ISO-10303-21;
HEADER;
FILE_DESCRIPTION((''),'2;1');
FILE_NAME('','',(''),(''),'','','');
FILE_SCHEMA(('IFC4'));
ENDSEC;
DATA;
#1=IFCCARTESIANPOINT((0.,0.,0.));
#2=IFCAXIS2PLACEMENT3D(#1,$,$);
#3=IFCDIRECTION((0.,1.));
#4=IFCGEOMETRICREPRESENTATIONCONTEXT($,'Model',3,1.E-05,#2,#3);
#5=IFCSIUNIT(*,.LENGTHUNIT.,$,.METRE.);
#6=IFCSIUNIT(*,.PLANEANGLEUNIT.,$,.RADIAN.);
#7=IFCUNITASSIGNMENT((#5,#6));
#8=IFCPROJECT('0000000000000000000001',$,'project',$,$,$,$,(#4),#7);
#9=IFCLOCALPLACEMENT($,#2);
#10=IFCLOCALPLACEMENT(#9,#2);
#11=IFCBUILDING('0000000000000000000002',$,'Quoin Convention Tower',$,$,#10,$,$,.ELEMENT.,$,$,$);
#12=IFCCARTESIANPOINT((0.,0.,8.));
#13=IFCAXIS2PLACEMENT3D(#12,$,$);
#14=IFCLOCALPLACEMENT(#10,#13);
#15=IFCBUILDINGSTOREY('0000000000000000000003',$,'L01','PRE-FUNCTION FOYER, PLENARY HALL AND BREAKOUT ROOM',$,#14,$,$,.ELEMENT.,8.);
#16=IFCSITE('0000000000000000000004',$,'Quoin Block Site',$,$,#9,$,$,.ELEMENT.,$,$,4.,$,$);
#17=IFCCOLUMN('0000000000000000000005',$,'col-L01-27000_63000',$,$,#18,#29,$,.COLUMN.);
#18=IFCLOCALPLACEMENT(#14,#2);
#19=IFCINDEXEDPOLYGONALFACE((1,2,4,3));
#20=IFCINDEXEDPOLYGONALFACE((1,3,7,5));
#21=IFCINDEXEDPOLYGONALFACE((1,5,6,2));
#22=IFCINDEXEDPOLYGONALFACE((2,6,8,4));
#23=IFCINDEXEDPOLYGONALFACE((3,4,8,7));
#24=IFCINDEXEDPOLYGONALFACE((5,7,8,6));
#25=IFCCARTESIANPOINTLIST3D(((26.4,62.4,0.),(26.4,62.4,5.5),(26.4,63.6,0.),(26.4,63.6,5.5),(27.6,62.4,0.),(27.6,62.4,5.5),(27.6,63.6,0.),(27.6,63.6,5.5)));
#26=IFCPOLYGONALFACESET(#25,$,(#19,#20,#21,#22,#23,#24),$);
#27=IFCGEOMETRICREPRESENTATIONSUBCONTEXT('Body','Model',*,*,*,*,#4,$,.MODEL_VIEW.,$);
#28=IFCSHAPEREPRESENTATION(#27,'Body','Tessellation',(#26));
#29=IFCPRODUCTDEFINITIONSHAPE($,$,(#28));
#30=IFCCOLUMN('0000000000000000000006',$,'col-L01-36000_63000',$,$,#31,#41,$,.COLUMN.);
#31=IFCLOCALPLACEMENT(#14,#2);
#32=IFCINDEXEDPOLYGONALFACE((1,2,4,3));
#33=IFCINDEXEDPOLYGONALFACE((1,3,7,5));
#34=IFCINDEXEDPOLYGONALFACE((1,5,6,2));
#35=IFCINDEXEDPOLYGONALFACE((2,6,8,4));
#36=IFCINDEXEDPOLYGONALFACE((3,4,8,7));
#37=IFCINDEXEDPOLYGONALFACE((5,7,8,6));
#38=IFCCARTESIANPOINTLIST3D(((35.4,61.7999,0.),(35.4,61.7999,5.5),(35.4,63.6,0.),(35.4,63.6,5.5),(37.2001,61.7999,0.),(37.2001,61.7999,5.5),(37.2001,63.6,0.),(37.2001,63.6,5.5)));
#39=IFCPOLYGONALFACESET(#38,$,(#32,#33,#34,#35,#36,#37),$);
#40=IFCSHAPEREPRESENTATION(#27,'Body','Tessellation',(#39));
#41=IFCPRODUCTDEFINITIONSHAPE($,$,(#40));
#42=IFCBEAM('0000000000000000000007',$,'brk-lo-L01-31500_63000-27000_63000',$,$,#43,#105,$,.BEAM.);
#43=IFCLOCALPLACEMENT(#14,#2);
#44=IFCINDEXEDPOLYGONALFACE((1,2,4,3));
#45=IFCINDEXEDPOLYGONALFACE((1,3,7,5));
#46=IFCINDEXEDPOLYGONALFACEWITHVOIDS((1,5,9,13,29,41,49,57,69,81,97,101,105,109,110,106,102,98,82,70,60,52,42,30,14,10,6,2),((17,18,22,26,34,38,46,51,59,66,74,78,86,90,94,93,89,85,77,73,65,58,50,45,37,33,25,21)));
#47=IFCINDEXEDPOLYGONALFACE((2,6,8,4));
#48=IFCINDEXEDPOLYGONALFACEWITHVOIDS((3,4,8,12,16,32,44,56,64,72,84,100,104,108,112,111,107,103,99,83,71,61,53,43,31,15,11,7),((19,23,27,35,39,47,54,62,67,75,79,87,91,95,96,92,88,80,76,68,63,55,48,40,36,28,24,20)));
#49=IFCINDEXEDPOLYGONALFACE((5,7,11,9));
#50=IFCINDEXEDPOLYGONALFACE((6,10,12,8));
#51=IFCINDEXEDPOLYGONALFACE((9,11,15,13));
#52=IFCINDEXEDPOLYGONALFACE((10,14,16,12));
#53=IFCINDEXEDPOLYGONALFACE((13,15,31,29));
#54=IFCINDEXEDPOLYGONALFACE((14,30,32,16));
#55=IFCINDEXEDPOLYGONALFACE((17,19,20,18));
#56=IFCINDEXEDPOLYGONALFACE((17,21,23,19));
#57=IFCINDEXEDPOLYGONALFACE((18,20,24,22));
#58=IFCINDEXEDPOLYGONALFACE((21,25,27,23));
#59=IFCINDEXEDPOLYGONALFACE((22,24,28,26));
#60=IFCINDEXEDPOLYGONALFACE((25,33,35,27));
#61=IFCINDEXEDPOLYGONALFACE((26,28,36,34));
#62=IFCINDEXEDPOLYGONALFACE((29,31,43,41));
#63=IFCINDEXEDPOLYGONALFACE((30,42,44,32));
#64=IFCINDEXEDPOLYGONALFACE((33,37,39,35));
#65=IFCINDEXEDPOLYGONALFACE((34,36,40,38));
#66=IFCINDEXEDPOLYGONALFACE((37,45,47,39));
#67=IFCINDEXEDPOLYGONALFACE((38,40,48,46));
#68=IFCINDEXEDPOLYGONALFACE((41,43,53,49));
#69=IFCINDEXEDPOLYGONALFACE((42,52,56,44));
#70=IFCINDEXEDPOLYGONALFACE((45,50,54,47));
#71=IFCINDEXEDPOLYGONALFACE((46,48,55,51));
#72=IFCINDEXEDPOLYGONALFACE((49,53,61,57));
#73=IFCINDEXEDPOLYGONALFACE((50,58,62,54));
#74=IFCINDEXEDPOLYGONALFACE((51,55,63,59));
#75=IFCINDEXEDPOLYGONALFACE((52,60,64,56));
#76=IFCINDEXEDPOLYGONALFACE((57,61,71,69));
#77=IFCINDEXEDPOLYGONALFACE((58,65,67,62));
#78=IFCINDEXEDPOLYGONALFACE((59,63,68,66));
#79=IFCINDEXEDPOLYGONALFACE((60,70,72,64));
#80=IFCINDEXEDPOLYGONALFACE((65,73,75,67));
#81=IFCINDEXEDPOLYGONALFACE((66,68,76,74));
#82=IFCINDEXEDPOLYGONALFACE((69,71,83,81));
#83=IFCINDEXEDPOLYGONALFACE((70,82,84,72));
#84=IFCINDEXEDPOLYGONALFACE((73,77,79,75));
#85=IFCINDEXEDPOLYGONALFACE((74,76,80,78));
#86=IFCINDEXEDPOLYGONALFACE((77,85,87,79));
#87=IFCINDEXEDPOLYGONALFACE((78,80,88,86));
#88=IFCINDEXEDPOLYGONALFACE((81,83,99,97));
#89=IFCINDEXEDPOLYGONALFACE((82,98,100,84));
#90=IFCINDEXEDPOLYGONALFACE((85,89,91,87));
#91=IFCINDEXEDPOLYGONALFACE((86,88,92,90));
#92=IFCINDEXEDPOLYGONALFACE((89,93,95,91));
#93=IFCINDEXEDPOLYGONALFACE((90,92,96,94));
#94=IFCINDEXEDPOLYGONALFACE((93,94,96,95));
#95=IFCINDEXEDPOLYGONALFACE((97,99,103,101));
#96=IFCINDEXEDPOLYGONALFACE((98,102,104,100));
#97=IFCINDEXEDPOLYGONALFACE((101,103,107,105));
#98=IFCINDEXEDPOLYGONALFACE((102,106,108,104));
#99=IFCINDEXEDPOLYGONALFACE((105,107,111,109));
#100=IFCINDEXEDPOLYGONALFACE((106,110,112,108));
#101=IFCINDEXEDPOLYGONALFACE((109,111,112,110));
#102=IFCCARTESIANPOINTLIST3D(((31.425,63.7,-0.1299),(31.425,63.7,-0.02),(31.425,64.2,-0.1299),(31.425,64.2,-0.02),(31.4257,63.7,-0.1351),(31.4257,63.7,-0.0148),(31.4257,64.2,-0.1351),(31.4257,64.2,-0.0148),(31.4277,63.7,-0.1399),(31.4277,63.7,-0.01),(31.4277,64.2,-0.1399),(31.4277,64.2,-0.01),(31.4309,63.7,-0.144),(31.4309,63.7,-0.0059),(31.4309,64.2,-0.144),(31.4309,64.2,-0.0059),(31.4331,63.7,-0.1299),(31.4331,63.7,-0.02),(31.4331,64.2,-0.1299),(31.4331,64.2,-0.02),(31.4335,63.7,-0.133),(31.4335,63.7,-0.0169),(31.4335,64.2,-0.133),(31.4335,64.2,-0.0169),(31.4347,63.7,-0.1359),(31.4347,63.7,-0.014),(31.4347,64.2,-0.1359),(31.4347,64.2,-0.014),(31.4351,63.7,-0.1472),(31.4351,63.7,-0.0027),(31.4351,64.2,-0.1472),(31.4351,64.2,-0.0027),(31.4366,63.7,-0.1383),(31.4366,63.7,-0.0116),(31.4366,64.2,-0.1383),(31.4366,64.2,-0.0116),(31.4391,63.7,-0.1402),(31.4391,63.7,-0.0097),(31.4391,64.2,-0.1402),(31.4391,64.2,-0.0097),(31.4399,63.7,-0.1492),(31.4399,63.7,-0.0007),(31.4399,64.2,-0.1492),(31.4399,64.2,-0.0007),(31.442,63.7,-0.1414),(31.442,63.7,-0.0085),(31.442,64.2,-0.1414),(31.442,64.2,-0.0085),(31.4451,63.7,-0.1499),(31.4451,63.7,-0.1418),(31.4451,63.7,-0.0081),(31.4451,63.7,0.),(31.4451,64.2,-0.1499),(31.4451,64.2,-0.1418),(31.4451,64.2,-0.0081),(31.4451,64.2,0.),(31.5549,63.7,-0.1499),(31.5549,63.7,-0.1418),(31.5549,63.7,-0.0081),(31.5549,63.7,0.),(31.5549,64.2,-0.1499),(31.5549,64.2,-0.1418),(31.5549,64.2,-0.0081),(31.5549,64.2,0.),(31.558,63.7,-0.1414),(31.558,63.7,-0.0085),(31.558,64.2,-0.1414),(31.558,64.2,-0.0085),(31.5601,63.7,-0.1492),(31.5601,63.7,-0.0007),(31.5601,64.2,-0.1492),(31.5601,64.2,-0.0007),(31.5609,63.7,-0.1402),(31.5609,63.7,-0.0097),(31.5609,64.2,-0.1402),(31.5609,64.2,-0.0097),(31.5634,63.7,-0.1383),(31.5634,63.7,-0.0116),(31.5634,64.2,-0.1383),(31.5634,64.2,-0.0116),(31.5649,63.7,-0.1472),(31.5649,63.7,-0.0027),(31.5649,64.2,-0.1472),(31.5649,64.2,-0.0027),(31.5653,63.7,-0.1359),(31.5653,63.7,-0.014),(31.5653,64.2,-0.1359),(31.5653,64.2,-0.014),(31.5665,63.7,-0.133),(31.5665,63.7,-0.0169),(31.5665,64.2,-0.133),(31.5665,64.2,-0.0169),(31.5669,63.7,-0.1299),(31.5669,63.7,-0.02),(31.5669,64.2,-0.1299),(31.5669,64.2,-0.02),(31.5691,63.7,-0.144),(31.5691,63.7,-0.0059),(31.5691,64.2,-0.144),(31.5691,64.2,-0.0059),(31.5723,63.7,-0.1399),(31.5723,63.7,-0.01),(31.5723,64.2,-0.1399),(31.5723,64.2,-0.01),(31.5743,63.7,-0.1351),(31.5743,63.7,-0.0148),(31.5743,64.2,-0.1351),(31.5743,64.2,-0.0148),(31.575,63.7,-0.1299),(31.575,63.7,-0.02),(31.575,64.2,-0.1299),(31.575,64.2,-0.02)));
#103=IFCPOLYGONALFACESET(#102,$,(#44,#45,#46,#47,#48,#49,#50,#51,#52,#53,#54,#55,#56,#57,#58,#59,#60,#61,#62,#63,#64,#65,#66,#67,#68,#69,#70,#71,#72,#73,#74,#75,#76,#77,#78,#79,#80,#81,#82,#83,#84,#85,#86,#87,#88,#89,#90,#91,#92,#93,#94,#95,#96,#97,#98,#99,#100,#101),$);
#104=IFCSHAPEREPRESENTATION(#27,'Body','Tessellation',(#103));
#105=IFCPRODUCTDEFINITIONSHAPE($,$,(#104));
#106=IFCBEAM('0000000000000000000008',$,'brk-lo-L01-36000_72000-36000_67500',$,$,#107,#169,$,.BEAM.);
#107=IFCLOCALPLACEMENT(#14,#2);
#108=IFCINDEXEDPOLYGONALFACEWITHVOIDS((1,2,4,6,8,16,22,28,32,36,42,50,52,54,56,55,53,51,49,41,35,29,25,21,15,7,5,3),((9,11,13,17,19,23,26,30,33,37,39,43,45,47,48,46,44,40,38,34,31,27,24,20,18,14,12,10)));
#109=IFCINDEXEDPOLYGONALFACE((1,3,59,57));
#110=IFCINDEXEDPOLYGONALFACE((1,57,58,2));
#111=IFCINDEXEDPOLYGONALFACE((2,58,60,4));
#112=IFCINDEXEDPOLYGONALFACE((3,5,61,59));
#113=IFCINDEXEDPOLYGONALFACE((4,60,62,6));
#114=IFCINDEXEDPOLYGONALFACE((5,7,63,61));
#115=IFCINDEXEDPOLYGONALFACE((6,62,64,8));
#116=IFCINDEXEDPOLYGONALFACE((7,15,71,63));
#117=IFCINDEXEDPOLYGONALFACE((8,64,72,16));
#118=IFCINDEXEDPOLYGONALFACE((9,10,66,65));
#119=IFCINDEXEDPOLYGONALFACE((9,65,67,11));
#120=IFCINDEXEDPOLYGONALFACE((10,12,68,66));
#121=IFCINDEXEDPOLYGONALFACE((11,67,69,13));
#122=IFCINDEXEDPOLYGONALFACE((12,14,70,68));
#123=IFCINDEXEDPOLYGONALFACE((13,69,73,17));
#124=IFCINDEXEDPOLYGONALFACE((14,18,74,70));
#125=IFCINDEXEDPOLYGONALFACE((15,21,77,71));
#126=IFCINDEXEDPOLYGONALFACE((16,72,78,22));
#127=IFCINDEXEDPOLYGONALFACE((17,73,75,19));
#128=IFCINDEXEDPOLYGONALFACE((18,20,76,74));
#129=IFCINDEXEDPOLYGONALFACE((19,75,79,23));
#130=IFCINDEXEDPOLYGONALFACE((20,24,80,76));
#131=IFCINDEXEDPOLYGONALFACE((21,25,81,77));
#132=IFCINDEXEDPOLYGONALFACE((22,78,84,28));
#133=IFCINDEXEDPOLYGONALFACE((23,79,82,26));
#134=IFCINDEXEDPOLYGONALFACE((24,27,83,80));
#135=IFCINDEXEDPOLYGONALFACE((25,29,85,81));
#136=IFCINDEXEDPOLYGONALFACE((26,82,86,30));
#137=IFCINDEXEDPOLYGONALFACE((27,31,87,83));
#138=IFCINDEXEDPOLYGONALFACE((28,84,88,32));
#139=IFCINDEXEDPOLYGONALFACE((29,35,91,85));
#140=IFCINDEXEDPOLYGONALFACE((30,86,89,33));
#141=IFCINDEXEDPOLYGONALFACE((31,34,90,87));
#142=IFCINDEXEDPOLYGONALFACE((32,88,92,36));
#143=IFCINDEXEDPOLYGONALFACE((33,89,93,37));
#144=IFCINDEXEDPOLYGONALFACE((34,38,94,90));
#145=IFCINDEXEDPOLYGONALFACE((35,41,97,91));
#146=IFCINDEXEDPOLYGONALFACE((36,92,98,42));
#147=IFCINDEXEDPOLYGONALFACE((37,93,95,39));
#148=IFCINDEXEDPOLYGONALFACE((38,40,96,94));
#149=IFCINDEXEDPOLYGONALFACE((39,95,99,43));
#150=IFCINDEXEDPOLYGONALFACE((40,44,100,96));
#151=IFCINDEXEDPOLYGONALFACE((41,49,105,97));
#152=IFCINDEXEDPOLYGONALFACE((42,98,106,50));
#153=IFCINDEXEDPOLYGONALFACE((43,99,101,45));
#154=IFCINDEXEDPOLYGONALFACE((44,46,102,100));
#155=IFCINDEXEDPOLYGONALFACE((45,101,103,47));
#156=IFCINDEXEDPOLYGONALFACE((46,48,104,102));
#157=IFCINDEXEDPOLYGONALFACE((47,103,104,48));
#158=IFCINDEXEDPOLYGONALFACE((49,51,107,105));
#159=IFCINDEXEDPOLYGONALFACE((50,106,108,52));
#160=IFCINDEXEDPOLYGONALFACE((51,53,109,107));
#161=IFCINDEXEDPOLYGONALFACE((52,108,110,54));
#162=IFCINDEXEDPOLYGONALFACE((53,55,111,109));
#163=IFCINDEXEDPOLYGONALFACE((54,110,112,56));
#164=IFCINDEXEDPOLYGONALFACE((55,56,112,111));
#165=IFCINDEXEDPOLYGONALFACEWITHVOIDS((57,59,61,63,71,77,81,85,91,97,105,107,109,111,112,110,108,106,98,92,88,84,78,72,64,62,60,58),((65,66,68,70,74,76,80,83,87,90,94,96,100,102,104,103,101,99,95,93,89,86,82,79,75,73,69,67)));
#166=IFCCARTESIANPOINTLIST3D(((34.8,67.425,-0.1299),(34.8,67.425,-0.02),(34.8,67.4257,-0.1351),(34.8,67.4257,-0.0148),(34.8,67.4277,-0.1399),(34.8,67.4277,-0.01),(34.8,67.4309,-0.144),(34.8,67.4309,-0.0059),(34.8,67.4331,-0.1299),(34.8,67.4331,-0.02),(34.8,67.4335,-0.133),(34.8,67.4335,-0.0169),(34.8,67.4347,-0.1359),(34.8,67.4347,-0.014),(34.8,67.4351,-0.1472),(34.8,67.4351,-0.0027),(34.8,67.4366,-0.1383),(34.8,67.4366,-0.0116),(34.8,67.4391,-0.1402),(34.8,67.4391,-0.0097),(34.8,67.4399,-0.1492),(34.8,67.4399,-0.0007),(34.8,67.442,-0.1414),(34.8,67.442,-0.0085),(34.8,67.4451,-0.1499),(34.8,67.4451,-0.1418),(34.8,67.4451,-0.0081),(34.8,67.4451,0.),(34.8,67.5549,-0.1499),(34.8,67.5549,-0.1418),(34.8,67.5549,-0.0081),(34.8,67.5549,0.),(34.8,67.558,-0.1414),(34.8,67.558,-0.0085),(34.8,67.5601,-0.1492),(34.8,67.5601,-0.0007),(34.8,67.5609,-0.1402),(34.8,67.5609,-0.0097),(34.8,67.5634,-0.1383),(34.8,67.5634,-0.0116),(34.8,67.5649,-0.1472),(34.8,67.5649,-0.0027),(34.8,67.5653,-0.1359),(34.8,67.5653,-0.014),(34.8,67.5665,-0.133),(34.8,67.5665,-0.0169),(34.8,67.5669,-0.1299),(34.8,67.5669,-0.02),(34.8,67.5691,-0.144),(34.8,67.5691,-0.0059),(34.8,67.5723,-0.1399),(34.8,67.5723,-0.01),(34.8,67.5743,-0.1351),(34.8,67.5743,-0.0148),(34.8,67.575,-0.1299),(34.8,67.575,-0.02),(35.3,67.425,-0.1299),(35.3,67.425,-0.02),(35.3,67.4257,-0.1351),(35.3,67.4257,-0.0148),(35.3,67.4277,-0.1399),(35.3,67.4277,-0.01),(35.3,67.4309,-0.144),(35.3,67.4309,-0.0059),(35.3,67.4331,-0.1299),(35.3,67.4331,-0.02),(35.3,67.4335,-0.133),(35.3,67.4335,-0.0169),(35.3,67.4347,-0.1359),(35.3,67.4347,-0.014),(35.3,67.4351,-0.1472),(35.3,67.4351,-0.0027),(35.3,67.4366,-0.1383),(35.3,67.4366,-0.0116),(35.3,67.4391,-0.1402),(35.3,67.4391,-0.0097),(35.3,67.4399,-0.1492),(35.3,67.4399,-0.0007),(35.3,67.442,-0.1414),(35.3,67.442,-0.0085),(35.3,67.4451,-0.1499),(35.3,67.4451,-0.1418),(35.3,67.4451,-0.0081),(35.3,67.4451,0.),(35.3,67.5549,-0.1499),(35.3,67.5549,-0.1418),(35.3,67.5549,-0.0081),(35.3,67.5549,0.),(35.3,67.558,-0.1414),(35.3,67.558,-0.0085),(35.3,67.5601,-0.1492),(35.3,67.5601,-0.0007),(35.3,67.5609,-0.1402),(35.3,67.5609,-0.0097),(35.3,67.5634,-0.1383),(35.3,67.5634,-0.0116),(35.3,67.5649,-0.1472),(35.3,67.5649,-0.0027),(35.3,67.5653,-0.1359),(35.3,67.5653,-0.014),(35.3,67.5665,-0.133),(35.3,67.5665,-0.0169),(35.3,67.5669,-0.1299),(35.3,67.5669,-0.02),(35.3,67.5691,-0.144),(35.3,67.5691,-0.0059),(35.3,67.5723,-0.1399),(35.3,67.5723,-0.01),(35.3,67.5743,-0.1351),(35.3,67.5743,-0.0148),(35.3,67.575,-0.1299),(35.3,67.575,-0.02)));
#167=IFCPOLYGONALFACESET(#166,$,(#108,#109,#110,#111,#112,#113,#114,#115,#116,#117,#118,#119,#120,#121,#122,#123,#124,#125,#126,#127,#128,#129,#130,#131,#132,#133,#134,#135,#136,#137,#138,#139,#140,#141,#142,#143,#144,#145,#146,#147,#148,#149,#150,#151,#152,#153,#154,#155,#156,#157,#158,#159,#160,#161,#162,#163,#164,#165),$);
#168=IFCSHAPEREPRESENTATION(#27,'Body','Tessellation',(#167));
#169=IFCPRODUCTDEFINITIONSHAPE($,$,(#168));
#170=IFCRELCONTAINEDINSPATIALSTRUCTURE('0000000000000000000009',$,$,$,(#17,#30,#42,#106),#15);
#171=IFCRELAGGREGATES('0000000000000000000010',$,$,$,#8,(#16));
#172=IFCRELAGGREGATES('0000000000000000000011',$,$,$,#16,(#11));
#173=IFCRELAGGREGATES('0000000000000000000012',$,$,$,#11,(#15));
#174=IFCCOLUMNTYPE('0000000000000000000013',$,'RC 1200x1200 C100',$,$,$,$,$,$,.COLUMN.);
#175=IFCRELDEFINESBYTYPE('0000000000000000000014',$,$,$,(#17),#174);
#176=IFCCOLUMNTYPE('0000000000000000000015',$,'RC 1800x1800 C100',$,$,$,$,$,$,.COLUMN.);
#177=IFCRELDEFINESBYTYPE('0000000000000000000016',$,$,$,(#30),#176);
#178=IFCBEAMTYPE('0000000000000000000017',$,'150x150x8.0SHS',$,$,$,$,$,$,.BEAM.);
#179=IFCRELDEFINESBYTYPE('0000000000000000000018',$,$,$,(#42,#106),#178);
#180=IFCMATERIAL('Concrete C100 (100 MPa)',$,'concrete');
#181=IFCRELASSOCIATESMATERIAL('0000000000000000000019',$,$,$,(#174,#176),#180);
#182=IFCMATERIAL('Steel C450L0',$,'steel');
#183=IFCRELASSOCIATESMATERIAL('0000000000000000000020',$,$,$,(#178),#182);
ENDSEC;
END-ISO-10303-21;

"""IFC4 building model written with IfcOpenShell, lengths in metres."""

from ifc_helpers import new_model, si_unit, direction, frame, origin, origin_2d, place, context, subcontext, project, spatial, rectangle, hollow_rectangle, extrude, material, material_profile, profile_set, type_object, element, save


model = new_model("IFC4")

# Units and contexts
model_context = context("Model", 3, precision=1e-05, world=origin(), true_north=direction((0.0, 1.0)))
body_context = subcontext(model_context, "Body", "Model", "MODEL_VIEW")
ifc_project = project(units=[si_unit("LENGTHUNIT", "METRE"), si_unit("PLANEANGLEUNIT", "RADIAN")], contexts=[model_context])

# Site, building, storey
site_placement = place(None, origin())
site = spatial("IfcSite", under=ifc_project, at=site_placement, Name="Quoin Block Site", CompositionType="ELEMENT", RefElevation=4.0)
building_placement = place(site_placement, origin())
building = spatial("IfcBuilding", under=site, at=building_placement, Name="Quoin Convention Tower", CompositionType="ELEMENT")
storey_placement = place(building_placement, frame((0.0, 0.0, 8.0)))
storey = spatial("IfcBuildingStorey", under=building, at=storey_placement, Name="L01", Description="PRE-FUNCTION FOYER, PLENARY HALL AND BREAKOUT ROOM", CompositionType="ELEMENT", Elevation=8.0)

# Columns
ifc_material_1 = material(Name="Concrete C100 (100 MPa)", Category="concrete")
ifc_material_profile_1 = material_profile(ifc_material_1, rectangle(XDim=1.2, YDim=1.2, at=origin_2d()), Name="RC 1200x1200")
ifc_profile_set_1 = profile_set([ifc_material_profile_1], Name="Concrete C100 (100 MPa)")
column_type_1 = type_object("IfcColumnType", Name="RC 1200x1200 C100", PredefinedType="COLUMN", material=ifc_profile_set_1)
column_1_placement = place(storey_placement, frame((27.0, 63.0, 0.0), z_axis=(0.0, 0.0, 1.0), x_axis=(1.0, 0.0, 0.0)))
element("IfcColumn", 1, at=column_1_placement, inside=storey, type_object=column_type_1, Name="col-L01-27000_63000", PredefinedType="COLUMN", context=body_context, shape_type="SweptSolid", body=[
    extrude(rectangle(XDim=1.2, YDim=1.2, at=origin_2d()), origin(), (0.0, 0.0, 1.0), 5.5),
])
ifc_material_profile_2 = material_profile(ifc_material_1, rectangle(XDim=1.8, YDim=1.8, at=origin_2d()), Name="RC 1800x1800")
ifc_profile_set_2 = profile_set([ifc_material_profile_2], Name="Concrete C100 (100 MPa)")
column_type_2 = type_object("IfcColumnType", Name="RC 1800x1800 C100", PredefinedType="COLUMN", material=ifc_profile_set_2)
column_2_placement = place(storey_placement, frame((36.3, 62.7, 0.0), z_axis=(0.0, 0.0, 1.0), x_axis=(1.0, 0.0, 0.0)))
element("IfcColumn", 2, at=column_2_placement, inside=storey, type_object=column_type_2, Name="col-L01-36000_63000", PredefinedType="COLUMN", context=body_context, shape_type="SweptSolid", body=[
    extrude(rectangle(XDim=1.8, YDim=1.8, at=origin_2d()), origin(), (0.0, 0.0, 1.0), 5.5),
])

# Beams
ifc_material_2 = material(Name="Steel C450L0", Category="steel")
ifc_material_profile_3 = material_profile(ifc_material_2, hollow_rectangle(XDim=0.1499, YDim=0.1499, WallThickness=0.0081, InnerFilletRadius=0.012, OuterFilletRadius=0.02, at=origin_2d()), Name="150x150x8.0SHS")
ifc_profile_set_3 = profile_set([ifc_material_profile_3], Name="Steel C450L0")
beam_type_1 = type_object("IfcBeamType", Name="150x150x8.0SHS", PredefinedType="BEAM", material=ifc_profile_set_3)
for number, where, z_axis, x_axis, name in (
    (3, (31.5, 63.7, -0.075), (0.0, 1.0, 0.0), (-1.0, 0.0, 0.0), "brk-lo-L01-31500_63000-27000_63000"),
    (4, (35.3, 67.5, -0.075), (-1.0, 0.0, 0.0), (0.0, -1.0, 0.0), "brk-lo-L01-36000_72000-36000_67500"),
):
    element("IfcBeam", number, at=place(storey_placement, frame(where, z_axis=z_axis, x_axis=x_axis)), inside=storey, type_object=beam_type_1, Name=name, PredefinedType="BEAM", context=body_context, shape_type="SweptSolid", body=[
        extrude(hollow_rectangle(XDim=0.1499, YDim=0.1499, WallThickness=0.0081, InnerFilletRadius=0.012, OuterFilletRadius=0.02, at=origin_2d()), origin(), (0.0, 0.0, 1.0), 0.5),
    ])

save(model, "model.ifc")
